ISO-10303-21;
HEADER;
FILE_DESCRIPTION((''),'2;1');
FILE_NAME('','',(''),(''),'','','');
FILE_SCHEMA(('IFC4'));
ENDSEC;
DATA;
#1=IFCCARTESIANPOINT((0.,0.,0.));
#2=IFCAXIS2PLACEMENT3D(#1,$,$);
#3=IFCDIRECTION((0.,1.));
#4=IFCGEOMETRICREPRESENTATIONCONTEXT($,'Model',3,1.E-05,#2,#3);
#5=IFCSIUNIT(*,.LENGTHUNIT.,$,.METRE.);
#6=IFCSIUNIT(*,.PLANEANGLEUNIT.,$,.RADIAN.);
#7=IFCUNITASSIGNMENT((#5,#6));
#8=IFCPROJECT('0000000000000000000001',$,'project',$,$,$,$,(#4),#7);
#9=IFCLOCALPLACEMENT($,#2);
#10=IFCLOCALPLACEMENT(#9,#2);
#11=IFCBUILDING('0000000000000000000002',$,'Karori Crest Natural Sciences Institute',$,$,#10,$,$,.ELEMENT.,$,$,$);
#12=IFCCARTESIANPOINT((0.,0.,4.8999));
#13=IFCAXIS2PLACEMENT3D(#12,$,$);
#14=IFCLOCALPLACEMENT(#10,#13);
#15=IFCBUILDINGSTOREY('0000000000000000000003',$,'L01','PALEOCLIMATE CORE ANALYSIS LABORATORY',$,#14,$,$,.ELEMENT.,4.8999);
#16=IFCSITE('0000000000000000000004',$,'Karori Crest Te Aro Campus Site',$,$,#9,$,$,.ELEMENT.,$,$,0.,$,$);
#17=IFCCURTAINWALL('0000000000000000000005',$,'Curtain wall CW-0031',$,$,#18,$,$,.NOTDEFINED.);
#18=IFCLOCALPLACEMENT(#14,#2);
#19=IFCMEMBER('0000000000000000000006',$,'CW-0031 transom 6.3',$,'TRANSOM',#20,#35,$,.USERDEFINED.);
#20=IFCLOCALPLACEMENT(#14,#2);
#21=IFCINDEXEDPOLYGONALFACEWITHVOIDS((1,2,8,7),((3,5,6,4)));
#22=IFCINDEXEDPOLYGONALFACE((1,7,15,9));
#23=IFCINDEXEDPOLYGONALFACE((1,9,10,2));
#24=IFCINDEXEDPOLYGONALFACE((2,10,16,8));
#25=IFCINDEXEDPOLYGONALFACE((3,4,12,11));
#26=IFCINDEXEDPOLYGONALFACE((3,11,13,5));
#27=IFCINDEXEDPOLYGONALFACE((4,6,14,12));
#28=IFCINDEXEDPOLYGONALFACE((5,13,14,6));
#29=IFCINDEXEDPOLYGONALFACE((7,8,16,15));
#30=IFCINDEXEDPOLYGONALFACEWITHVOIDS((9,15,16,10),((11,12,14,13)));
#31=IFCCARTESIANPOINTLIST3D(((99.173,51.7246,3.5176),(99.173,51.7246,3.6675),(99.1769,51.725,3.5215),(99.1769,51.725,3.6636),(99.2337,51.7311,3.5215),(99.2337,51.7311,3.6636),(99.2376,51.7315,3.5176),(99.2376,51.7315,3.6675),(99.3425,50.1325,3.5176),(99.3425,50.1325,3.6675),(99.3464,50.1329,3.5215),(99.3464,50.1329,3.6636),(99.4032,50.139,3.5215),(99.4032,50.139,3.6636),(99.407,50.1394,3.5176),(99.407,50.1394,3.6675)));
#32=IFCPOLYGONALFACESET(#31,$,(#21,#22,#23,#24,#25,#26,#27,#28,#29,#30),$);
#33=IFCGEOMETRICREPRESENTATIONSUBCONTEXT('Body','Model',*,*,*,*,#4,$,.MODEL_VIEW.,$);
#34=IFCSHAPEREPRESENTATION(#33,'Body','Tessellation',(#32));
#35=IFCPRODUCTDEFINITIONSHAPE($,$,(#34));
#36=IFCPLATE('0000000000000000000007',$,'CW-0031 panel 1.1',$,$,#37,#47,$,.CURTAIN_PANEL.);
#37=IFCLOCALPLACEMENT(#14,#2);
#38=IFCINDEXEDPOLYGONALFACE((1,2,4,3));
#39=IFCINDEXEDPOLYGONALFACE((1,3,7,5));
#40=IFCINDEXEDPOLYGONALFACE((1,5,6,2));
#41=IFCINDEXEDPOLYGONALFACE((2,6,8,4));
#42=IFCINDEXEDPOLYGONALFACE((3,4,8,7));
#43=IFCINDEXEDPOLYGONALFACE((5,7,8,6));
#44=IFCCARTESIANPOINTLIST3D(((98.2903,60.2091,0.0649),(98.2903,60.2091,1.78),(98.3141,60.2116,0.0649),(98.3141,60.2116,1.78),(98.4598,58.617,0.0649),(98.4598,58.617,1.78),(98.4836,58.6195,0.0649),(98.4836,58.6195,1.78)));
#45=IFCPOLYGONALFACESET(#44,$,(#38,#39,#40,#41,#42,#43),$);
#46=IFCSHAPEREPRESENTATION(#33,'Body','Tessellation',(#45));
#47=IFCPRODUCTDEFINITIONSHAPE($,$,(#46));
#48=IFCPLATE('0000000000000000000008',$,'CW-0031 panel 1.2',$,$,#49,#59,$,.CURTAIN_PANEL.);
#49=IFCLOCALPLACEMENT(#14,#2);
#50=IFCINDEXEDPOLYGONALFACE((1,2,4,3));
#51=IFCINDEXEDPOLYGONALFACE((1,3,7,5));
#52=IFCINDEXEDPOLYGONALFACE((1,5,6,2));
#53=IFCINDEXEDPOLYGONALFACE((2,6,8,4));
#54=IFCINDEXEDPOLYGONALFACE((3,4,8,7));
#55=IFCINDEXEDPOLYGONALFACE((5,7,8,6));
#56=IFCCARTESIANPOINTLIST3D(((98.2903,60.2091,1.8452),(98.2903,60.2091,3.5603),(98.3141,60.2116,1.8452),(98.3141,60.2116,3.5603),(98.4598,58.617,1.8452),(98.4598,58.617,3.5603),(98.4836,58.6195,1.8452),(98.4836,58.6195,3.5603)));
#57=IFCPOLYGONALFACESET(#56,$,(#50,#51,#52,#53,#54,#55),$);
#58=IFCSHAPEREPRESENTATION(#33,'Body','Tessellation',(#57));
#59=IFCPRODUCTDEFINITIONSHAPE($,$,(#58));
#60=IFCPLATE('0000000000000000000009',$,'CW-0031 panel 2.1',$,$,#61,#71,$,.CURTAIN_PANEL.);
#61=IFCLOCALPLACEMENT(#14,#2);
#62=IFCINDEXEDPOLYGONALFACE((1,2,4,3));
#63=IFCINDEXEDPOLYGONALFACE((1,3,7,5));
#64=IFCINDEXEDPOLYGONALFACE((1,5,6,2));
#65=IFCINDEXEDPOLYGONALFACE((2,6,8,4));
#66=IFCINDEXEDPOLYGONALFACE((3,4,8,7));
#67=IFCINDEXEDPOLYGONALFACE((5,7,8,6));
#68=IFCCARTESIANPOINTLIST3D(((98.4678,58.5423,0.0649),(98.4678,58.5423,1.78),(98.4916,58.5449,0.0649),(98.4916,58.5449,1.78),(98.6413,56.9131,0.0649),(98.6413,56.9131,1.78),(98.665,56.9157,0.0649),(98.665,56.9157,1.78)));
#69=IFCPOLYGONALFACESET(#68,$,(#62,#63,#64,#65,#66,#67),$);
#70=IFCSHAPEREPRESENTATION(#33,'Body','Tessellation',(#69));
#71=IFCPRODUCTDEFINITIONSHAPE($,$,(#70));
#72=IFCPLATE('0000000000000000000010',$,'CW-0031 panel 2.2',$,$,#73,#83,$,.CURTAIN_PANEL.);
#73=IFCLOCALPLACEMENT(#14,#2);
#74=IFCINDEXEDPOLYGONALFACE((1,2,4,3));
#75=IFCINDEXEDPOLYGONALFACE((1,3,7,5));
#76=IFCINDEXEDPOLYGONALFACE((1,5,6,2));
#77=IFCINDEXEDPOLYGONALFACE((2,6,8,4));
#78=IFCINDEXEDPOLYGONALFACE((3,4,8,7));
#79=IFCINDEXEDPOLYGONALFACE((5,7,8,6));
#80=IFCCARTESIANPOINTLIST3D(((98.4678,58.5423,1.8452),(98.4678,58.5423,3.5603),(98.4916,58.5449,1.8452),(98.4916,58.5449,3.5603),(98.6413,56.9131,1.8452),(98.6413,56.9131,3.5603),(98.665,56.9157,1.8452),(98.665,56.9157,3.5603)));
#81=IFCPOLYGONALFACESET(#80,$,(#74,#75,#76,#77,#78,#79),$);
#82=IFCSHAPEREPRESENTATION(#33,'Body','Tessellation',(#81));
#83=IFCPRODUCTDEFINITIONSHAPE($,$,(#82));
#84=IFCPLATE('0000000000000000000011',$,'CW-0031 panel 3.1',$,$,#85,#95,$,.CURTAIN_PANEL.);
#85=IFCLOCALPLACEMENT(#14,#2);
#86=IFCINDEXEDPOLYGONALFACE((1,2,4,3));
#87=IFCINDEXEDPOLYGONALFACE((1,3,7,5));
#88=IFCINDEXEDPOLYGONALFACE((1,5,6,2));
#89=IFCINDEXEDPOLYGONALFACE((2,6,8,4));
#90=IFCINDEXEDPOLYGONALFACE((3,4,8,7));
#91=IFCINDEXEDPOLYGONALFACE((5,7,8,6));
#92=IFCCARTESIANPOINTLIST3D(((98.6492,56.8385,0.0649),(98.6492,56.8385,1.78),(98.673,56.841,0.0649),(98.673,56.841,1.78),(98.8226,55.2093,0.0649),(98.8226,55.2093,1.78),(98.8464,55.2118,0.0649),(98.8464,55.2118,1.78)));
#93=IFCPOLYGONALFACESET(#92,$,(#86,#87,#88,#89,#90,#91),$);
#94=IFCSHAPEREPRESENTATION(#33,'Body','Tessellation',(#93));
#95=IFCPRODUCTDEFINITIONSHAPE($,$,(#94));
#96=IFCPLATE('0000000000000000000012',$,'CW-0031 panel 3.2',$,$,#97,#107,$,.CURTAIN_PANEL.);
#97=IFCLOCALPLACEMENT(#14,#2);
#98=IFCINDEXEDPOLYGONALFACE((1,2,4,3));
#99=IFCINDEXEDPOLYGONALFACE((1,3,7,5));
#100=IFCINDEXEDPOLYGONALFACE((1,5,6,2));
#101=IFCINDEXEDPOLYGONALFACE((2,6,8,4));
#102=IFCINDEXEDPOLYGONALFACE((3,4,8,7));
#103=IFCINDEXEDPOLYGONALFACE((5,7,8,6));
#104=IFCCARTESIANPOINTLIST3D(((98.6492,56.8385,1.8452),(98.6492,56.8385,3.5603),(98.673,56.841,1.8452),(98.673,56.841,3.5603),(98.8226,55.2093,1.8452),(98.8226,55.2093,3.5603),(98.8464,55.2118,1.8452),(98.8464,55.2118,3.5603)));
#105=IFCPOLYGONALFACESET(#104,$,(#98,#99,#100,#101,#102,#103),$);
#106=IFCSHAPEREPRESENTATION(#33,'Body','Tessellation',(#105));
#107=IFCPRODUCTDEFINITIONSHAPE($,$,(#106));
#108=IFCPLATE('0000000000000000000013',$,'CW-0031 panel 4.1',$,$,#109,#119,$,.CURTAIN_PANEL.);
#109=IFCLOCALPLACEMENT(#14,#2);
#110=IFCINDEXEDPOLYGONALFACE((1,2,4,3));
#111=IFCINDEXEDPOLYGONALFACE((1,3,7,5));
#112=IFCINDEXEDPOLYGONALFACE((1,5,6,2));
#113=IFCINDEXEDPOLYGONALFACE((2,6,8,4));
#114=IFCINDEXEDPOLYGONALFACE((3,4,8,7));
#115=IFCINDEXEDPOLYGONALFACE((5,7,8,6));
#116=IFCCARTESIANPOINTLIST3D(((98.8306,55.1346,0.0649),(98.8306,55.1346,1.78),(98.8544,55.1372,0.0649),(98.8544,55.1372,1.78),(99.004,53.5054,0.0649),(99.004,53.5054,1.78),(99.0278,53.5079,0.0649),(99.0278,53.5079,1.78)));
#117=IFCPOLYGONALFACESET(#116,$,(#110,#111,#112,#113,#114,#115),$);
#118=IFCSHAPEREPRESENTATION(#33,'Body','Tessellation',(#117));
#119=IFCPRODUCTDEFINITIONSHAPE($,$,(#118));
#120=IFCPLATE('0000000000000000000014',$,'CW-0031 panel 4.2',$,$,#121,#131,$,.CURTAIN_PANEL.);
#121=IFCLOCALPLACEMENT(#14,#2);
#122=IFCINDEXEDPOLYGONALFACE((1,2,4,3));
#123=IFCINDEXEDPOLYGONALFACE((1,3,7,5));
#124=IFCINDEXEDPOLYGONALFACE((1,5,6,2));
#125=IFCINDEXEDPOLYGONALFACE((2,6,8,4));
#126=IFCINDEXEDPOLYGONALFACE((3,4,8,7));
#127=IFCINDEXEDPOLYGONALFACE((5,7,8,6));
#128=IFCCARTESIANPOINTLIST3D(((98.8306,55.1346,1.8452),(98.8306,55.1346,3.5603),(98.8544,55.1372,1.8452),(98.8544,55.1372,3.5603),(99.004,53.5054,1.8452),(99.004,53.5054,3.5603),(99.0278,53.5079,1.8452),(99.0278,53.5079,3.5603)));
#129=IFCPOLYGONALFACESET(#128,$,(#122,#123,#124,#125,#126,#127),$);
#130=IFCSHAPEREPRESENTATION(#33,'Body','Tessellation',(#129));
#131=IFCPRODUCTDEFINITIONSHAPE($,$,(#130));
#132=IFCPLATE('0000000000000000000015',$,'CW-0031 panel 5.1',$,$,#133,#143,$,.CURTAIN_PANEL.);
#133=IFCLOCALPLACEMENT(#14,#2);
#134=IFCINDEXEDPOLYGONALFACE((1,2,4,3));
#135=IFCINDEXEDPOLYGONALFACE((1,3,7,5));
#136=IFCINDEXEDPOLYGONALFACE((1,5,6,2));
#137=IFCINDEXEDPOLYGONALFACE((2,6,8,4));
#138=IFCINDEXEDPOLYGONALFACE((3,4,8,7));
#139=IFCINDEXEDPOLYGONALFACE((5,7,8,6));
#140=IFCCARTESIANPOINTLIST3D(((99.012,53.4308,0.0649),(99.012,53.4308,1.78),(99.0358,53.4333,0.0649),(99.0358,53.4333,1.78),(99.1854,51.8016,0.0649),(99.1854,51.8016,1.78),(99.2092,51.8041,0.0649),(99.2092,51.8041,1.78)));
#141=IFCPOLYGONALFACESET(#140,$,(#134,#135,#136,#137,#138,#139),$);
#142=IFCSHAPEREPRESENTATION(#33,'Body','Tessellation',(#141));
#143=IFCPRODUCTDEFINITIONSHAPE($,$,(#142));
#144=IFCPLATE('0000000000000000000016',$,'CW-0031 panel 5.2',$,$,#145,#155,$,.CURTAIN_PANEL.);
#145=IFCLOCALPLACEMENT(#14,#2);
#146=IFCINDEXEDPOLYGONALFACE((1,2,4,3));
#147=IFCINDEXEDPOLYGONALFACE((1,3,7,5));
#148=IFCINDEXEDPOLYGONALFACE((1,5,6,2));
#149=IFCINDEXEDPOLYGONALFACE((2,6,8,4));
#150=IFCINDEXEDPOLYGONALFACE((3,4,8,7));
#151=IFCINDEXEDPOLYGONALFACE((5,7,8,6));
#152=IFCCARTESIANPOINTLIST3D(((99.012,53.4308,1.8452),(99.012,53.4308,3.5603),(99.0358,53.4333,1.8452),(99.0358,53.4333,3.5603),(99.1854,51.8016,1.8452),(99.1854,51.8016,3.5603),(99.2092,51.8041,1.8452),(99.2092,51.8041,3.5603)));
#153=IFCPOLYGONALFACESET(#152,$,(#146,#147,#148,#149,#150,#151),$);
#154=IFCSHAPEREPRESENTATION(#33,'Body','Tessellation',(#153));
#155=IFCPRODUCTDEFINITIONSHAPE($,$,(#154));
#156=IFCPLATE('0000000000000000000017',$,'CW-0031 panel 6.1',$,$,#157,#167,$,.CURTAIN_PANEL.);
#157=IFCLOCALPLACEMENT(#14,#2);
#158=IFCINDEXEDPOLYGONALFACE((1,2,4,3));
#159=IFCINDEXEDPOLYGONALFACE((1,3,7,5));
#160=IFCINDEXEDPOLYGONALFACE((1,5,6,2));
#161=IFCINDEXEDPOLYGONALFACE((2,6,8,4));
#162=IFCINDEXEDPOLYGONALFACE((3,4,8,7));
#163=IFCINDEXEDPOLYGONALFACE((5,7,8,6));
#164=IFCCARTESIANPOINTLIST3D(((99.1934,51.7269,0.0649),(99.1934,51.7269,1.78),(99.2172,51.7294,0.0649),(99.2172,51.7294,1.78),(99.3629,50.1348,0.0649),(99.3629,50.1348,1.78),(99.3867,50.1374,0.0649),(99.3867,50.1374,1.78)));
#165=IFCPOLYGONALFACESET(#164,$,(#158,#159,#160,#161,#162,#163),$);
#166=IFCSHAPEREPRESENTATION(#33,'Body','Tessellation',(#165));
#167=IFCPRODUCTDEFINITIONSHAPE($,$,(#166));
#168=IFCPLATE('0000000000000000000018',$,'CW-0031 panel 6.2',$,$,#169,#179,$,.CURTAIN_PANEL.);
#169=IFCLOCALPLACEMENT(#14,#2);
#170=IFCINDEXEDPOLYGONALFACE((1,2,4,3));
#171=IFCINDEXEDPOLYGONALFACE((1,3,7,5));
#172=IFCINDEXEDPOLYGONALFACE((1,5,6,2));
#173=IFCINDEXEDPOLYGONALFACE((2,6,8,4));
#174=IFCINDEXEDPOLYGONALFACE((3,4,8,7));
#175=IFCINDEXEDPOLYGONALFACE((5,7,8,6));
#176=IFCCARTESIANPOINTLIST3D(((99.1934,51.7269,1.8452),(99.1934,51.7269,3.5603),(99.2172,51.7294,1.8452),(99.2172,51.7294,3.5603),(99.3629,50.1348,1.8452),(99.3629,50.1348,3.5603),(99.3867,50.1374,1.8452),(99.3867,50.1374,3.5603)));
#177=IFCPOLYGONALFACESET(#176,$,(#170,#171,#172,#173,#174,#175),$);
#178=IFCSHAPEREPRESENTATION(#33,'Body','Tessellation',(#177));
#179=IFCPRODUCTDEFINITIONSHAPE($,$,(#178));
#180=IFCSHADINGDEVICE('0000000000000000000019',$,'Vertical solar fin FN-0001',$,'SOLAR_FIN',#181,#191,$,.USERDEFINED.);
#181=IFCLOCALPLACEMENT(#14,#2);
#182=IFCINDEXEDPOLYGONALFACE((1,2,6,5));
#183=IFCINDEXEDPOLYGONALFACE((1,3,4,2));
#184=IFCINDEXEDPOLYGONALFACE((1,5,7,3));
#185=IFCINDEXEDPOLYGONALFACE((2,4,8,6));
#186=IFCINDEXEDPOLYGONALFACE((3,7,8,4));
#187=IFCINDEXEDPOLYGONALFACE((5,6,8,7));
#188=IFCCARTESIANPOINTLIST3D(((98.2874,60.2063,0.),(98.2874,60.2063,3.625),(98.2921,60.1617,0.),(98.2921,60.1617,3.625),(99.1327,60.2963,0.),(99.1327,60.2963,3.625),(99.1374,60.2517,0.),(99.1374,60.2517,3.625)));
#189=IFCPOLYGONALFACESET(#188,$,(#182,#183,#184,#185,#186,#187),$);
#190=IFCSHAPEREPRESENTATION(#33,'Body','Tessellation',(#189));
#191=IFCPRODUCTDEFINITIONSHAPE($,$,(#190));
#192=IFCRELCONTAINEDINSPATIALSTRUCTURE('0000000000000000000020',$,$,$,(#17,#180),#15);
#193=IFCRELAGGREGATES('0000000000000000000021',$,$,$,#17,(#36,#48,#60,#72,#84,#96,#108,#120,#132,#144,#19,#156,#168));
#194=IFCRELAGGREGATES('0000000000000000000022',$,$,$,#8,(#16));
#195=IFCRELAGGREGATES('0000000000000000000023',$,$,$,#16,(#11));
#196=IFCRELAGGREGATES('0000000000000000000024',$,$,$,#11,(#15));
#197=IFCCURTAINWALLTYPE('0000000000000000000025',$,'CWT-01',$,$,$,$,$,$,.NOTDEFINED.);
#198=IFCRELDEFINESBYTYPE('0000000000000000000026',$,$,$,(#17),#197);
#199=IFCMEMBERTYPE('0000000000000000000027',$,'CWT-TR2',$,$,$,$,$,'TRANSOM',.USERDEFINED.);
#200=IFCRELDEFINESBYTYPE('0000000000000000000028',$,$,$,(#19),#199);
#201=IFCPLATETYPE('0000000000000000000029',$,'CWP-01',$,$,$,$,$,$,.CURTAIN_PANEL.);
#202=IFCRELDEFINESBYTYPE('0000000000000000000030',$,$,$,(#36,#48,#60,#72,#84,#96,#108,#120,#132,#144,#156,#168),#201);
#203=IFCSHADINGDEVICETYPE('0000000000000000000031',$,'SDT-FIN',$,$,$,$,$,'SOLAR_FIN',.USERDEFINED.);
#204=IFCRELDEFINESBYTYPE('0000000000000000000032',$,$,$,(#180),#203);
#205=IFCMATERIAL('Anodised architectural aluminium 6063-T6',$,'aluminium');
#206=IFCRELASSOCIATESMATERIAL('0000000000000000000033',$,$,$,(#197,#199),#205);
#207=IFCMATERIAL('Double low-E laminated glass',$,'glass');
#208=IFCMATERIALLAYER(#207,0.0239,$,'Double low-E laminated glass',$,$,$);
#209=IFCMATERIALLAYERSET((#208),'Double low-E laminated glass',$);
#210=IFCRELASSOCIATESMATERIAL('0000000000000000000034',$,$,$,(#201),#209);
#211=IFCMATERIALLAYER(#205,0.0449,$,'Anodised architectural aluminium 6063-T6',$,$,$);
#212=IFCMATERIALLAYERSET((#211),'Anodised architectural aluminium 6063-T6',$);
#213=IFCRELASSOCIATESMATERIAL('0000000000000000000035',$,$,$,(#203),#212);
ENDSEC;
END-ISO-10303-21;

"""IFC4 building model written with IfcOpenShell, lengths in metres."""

from ifc_helpers import new_model, si_unit, direction, frame, origin, origin_2d, place, context, subcontext, project, spatial, rectangle, hollow_rectangle, extrude, material, layer, layer_set, material_profile, profile_set, type_object, element, aggregate, save


model = new_model("IFC4")

# Units and contexts
model_context = context("Model", 3, precision=1e-05, world=origin(), true_north=direction((0.0, 1.0)))
body_context = subcontext(model_context, "Body", "Model", "MODEL_VIEW")
ifc_project = project(units=[si_unit("LENGTHUNIT", "METRE"), si_unit("PLANEANGLEUNIT", "RADIAN")], contexts=[model_context])

# Site, building, storey
site_placement = place(None, origin())
site = spatial("IfcSite", under=ifc_project, at=site_placement, Name="Karori Crest Te Aro Campus Site", CompositionType="ELEMENT", RefElevation=0.0)
building_placement = place(site_placement, origin())
building = spatial("IfcBuilding", under=site, at=building_placement, Name="Karori Crest Natural Sciences Institute", CompositionType="ELEMENT")
storey_placement = place(building_placement, frame((0.0, 0.0, 4.8999)))
storey = spatial("IfcBuildingStorey", under=building, at=storey_placement, Name="L01", Description="PALEOCLIMATE CORE ANALYSIS LABORATORY", CompositionType="ELEMENT", Elevation=4.8999)

# Curtain wall
ifc_material_1 = material(Name="Anodised architectural aluminium 6063-T6", Category="aluminium")
curtain_wall_type_1 = type_object("IfcCurtainWallType", Name="CWT-01", PredefinedType="NOTDEFINED", material=ifc_material_1)
curtain_wall_1_placement = place(storey_placement, origin())
curtain_wall_1 = element("IfcCurtainWall", 1, at=curtain_wall_1_placement, inside=storey, type_object=curtain_wall_type_1, Name="Curtain wall CW-0031", PredefinedType="NOTDEFINED")

# Member
ifc_material_profile_1 = material_profile(ifc_material_1, hollow_rectangle(XDim=0.0649, YDim=0.1499, WallThickness=0.0039, at=origin_2d()), Name="CWT150x65x4")
ifc_profile_set_1 = profile_set([ifc_material_profile_1], Name="Anodised architectural aluminium 6063-T6")
member_type_1 = type_object("IfcMemberType", Name="CWT-TR2", ElementType="TRANSOM", PredefinedType="USERDEFINED", material=ifc_profile_set_1)
member_1_placement = place(storey_placement, frame((99.2053, 51.728, 3.5925), z_axis=(0.105828, -0.994384, 0.0), x_axis=(0.994384, 0.105828, 0.0)))
member_1 = element("IfcMember", 2, at=member_1_placement, type_object=member_type_1, Name="CW-0031 transom 6.3", ObjectType="TRANSOM", PredefinedType="USERDEFINED", context=body_context, shape_type="SweptSolid", body=[
    extrude(hollow_rectangle(XDim=0.0649, YDim=0.1499, WallThickness=0.0039, at=origin_2d()), origin(), (0.0, 0.0, 1.0), 1.6011),
])

# Plates
ifc_material_2 = material(Name="Double low-E laminated glass", Category="glass")
ifc_layer_1 = layer(ifc_material_2, 0.0239, Name="Double low-E laminated glass")
ifc_layer_set_1 = layer_set([ifc_layer_1], Name="Double low-E laminated glass")
plate_type = type_object("IfcPlateType", Name="CWP-01", PredefinedType="CURTAIN_PANEL", material=ifc_layer_set_1)
plate_1_placement = place(storey_placement, frame((98.387, 59.4143, 0.0649), z_axis=(0.0, 0.0, 1.0), x_axis=(0.105882, -0.994379, 0.0)))
plate_1 = element("IfcPlate", 3, at=plate_1_placement, type_object=plate_type, Name="CW-0031 panel 1.1", PredefinedType="CURTAIN_PANEL", context=body_context, shape_type="SweptSolid", body=[
    extrude(rectangle(XDim=1.6011, YDim=0.0239, at=origin_2d()), origin(), (0.0, 0.0, 1.0), 1.7151),
])
plate_2_placement = place(storey_placement, frame((98.387, 59.4143, 1.8452), z_axis=(0.0, 0.0, 1.0), x_axis=(0.105882, -0.994379, 0.0)))
plate_2 = element("IfcPlate", 4, at=plate_2_placement, type_object=plate_type, Name="CW-0031 panel 1.2", PredefinedType="CURTAIN_PANEL", context=body_context, shape_type="SweptSolid", body=[
    extrude(rectangle(XDim=1.6011, YDim=0.0239, at=origin_2d()), origin(), (0.0, 0.0, 1.0), 1.7151),
])
plate_3_placement = place(storey_placement, frame((98.5664, 57.729, 0.0649), z_axis=(0.0, 0.0, 1.0), x_axis=(0.105882, -0.994379, 0.0)))
plate_3 = element("IfcPlate", 5, at=plate_3_placement, type_object=plate_type, Name="CW-0031 panel 2.1", PredefinedType="CURTAIN_PANEL", context=body_context, shape_type="SweptSolid", body=[
    extrude(rectangle(XDim=1.6384, YDim=0.0239, at=origin_2d()), origin(), (0.0, 0.0, 1.0), 1.7151),
])
plate_4_placement = place(storey_placement, frame((98.5664, 57.729, 1.8452), z_axis=(0.0, 0.0, 1.0), x_axis=(0.105882, -0.994379, 0.0)))
plate_4 = element("IfcPlate", 6, at=plate_4_placement, type_object=plate_type, Name="CW-0031 panel 2.2", PredefinedType="CURTAIN_PANEL", context=body_context, shape_type="SweptSolid", body=[
    extrude(rectangle(XDim=1.6384, YDim=0.0239, at=origin_2d()), origin(), (0.0, 0.0, 1.0), 1.7151),
])
plate_5_placement = place(storey_placement, frame((98.7478, 56.0251, 0.0649), z_axis=(0.0, 0.0, 1.0), x_axis=(0.105882, -0.994379, 0.0)))
plate_5 = element("IfcPlate", 7, at=plate_5_placement, type_object=plate_type, Name="CW-0031 panel 3.1", PredefinedType="CURTAIN_PANEL", context=body_context, shape_type="SweptSolid", body=[
    extrude(rectangle(XDim=1.6384, YDim=0.0239, at=origin_2d()), origin(), (0.0, 0.0, 1.0), 1.7151),
])
plate_6_placement = place(storey_placement, frame((98.7478, 56.0251, 1.8452), z_axis=(0.0, 0.0, 1.0), x_axis=(0.105882, -0.994379, 0.0)))
plate_6 = element("IfcPlate", 8, at=plate_6_placement, type_object=plate_type, Name="CW-0031 panel 3.2", PredefinedType="CURTAIN_PANEL", context=body_context, shape_type="SweptSolid", body=[
    extrude(rectangle(XDim=1.6384, YDim=0.0239, at=origin_2d()), origin(), (0.0, 0.0, 1.0), 1.7151),
])
plate_7_placement = place(storey_placement, frame((98.9292, 54.3213, 0.0649), z_axis=(0.0, 0.0, 1.0), x_axis=(0.105882, -0.994379, 0.0)))
plate_7 = element("IfcPlate", 9, at=plate_7_placement, type_object=plate_type, Name="CW-0031 panel 4.1", PredefinedType="CURTAIN_PANEL", context=body_context, shape_type="SweptSolid", body=[
    extrude(rectangle(XDim=1.6384, YDim=0.0239, at=origin_2d()), origin(), (0.0, 0.0, 1.0), 1.7151),
])
plate_8_placement = place(storey_placement, frame((98.9292, 54.3213, 1.8452), z_axis=(0.0, 0.0, 1.0), x_axis=(0.105882, -0.994379, 0.0)))
plate_8 = element("IfcPlate", 10, at=plate_8_placement, type_object=plate_type, Name="CW-0031 panel 4.2", PredefinedType="CURTAIN_PANEL", context=body_context, shape_type="SweptSolid", body=[
    extrude(rectangle(XDim=1.6384, YDim=0.0239, at=origin_2d()), origin(), (0.0, 0.0, 1.0), 1.7151),
])
plate_9_placement = place(storey_placement, frame((99.1106, 52.6174, 0.0649), z_axis=(0.0, 0.0, 1.0), x_axis=(0.105882, -0.994379, 0.0)))
plate_9 = element("IfcPlate", 11, at=plate_9_placement, type_object=plate_type, Name="CW-0031 panel 5.1", PredefinedType="CURTAIN_PANEL", context=body_context, shape_type="SweptSolid", body=[
    extrude(rectangle(XDim=1.6384, YDim=0.0239, at=origin_2d()), origin(), (0.0, 0.0, 1.0), 1.7151),
])
plate_10_placement = place(storey_placement, frame((99.1106, 52.6174, 1.8452), z_axis=(0.0, 0.0, 1.0), x_axis=(0.105882, -0.994379, 0.0)))
plate_10 = element("IfcPlate", 12, at=plate_10_placement, type_object=plate_type, Name="CW-0031 panel 5.2", PredefinedType="CURTAIN_PANEL", context=body_context, shape_type="SweptSolid", body=[
    extrude(rectangle(XDim=1.6384, YDim=0.0239, at=origin_2d()), origin(), (0.0, 0.0, 1.0), 1.7151),
])
plate_11_placement = place(storey_placement, frame((99.29, 50.9321, 0.0649), z_axis=(0.0, 0.0, 1.0), x_axis=(0.105882, -0.994379, 0.0)))
plate_11 = element("IfcPlate", 13, at=plate_11_placement, type_object=plate_type, Name="CW-0031 panel 6.1", PredefinedType="CURTAIN_PANEL", context=body_context, shape_type="SweptSolid", body=[
    extrude(rectangle(XDim=1.6011, YDim=0.0239, at=origin_2d()), origin(), (0.0, 0.0, 1.0), 1.7151),
])
plate_12_placement = place(storey_placement, frame((99.29, 50.9321, 1.8452), z_axis=(0.0, 0.0, 1.0), x_axis=(0.105882, -0.994379, 0.0)))
plate_12 = element("IfcPlate", 14, at=plate_12_placement, type_object=plate_type, Name="CW-0031 panel 6.2", PredefinedType="CURTAIN_PANEL", context=body_context, shape_type="SweptSolid", body=[
    extrude(rectangle(XDim=1.6011, YDim=0.0239, at=origin_2d()), origin(), (0.0, 0.0, 1.0), 1.7151),
])
aggregate(curtain_wall_1, [plate_1, plate_2, plate_3, plate_4, plate_5, plate_6, plate_7, plate_8, plate_9, plate_10, member_1, plate_11, plate_12])

# Shading device
ifc_layer_2 = layer(ifc_material_1, 0.0449, Name="Anodised architectural aluminium 6063-T6")
ifc_layer_set_2 = layer_set([ifc_layer_2], Name="Anodised architectural aluminium 6063-T6")
shading_device_type = type_object("IfcShadingDeviceType", Name="SDT-FIN", ElementType="SOLAR_FIN", PredefinedType="USERDEFINED", material=ifc_layer_set_2)
for number, where, z_axis, x_axis, name in (
    (15, (98.7124, 60.229, 0.0), (0.0, 0.0, 1.0), (0.994379, 0.105882, 0.0), "Vertical solar fin FN-0001"),
):
    element("IfcShadingDevice", number, at=place(storey_placement, frame(where, z_axis=z_axis, x_axis=x_axis)), inside=storey, type_object=shading_device_type, Name=name, ObjectType="SOLAR_FIN", PredefinedType="USERDEFINED", context=body_context, shape_type="SweptSolid", body=[
        extrude(rectangle(XDim=0.8501, YDim=0.0449, at=origin_2d()), origin(), (0.0, 0.0, 1.0), 3.625),
    ])

save(model, "model.ifc")
